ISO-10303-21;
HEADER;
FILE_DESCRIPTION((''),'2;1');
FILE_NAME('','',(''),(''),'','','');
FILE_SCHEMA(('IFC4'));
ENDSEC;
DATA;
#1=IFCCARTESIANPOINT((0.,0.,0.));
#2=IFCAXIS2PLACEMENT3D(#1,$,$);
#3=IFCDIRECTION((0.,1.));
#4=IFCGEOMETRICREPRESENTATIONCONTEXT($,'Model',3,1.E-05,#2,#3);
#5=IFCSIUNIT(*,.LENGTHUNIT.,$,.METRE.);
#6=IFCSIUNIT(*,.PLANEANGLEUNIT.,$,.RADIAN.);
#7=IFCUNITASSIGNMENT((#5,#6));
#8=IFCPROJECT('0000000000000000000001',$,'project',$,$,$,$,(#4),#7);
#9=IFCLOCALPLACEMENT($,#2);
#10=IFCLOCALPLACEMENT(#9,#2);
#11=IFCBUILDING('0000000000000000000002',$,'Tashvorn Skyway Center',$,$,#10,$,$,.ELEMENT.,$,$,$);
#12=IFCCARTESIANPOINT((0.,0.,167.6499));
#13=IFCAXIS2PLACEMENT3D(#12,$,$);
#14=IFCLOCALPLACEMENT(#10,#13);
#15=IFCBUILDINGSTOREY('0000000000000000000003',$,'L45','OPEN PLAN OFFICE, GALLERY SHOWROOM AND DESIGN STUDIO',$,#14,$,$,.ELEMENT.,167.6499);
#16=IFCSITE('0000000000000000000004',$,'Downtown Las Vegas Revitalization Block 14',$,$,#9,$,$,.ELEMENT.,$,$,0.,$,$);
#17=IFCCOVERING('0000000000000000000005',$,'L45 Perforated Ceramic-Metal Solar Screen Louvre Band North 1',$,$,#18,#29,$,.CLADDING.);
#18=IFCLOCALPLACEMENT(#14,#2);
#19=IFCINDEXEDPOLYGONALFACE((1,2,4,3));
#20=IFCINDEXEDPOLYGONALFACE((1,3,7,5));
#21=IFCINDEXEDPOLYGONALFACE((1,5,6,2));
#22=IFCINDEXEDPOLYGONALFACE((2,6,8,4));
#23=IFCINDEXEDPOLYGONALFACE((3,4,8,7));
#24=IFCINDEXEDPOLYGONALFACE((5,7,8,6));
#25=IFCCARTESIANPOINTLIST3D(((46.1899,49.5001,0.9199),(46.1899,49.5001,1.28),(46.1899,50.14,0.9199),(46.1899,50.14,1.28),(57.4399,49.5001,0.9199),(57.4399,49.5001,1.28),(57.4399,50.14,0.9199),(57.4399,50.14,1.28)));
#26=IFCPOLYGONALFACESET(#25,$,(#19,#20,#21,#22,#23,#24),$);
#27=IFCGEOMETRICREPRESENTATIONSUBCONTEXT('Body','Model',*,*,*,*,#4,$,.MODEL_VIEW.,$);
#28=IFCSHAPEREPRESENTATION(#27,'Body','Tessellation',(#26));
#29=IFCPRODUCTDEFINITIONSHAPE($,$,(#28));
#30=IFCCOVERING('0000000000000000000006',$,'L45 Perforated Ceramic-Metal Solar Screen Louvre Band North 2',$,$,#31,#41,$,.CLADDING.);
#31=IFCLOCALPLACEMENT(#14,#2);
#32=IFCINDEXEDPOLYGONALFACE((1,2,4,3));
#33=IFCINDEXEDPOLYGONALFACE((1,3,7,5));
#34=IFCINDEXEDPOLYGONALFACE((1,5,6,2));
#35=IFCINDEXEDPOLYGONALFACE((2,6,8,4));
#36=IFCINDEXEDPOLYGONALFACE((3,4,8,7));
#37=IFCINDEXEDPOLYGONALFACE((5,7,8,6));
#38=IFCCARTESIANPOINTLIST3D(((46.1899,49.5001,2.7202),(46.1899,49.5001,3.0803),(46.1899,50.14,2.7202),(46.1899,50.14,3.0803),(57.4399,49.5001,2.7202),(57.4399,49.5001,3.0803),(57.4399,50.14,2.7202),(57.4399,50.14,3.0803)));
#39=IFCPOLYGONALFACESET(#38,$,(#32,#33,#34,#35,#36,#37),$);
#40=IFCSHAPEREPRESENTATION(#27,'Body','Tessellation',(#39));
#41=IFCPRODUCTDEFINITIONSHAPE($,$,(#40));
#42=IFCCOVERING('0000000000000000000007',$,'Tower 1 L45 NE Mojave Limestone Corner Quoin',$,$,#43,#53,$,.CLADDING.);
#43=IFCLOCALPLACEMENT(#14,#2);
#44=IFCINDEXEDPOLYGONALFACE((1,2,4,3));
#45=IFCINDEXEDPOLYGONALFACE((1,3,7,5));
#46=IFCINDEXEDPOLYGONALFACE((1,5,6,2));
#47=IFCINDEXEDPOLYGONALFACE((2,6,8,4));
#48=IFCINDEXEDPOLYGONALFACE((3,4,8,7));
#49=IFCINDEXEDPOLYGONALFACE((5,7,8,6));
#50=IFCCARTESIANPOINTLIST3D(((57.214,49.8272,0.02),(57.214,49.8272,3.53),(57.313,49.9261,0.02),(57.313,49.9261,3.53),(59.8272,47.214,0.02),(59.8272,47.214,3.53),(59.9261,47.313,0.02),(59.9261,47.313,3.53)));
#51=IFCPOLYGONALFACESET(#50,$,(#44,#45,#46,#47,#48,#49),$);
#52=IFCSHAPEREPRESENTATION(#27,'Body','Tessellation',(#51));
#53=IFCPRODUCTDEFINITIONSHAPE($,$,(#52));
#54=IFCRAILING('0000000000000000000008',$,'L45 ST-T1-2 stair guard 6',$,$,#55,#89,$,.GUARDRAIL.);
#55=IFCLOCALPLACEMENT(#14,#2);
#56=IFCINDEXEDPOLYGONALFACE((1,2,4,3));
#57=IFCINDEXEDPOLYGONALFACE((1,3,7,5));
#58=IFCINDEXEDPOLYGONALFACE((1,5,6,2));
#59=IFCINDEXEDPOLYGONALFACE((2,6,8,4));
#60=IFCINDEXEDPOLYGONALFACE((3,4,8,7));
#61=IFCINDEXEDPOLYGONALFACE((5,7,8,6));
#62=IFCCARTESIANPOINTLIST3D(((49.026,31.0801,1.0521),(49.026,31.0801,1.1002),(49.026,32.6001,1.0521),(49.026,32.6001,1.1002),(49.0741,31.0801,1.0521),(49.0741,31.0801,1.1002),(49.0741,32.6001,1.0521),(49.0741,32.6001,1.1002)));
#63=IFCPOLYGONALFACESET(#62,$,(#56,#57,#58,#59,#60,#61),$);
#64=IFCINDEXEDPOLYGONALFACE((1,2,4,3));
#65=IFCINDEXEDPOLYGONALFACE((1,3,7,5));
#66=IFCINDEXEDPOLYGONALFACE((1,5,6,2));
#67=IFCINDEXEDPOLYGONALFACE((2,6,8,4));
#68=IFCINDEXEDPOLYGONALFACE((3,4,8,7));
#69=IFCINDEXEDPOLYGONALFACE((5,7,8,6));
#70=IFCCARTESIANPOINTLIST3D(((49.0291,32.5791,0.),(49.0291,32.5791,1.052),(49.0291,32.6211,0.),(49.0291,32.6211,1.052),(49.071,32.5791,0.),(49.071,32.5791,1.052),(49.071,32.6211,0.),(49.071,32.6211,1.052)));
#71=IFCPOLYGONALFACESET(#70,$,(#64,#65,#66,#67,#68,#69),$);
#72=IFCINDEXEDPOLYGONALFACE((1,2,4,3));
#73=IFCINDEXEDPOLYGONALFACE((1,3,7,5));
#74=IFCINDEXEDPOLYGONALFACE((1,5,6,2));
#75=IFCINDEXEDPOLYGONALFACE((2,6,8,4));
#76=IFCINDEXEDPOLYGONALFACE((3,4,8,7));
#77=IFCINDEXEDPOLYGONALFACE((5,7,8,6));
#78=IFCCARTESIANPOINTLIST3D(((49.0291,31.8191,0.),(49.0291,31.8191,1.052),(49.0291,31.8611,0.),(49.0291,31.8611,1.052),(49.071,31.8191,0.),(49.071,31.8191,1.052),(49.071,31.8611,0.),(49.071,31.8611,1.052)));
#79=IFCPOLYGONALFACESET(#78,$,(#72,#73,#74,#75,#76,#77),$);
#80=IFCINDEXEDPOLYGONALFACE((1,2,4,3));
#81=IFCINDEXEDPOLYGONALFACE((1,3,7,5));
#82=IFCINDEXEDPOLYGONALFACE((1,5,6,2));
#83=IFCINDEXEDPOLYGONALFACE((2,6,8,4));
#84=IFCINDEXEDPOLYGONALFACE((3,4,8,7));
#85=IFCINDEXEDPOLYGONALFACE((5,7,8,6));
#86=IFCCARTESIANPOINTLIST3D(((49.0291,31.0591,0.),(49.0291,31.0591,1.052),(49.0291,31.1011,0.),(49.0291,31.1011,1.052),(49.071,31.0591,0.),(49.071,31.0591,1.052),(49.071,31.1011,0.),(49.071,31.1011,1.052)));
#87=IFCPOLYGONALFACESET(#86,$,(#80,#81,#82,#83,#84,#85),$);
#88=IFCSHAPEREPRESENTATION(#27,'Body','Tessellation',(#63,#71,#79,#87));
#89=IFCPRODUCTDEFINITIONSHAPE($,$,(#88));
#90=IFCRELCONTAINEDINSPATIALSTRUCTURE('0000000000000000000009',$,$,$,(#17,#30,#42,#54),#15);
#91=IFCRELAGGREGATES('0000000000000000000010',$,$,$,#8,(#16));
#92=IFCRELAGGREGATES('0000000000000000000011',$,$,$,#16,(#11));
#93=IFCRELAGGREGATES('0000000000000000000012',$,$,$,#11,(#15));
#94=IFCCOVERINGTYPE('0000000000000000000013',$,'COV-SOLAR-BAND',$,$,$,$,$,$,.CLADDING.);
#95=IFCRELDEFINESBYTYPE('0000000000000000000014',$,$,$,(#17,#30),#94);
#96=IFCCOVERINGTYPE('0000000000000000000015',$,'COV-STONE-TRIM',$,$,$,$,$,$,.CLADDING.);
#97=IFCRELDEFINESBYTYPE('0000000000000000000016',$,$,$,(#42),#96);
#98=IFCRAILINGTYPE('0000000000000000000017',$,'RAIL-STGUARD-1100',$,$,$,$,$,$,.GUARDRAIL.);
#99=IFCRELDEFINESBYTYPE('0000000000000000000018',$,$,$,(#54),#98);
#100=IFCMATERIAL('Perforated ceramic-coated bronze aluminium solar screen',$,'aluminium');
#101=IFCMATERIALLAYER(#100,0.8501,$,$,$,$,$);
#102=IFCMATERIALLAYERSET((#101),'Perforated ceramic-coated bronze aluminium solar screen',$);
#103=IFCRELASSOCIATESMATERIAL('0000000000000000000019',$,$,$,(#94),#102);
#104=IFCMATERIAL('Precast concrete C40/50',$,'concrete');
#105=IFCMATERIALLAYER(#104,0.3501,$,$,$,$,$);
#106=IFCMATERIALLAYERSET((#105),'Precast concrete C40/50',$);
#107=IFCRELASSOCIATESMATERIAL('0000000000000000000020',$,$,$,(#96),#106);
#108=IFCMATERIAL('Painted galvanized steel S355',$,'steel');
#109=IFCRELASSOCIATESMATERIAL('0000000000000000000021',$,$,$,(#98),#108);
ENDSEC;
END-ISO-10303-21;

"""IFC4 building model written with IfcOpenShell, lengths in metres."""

from ifc_helpers import new_model, si_unit, direction, frame, origin, origin_2d, place, context, subcontext, project, spatial, rectangle, extrude, material, layer, layer_set, type_object, element, save


model = new_model("IFC4")

# Units and contexts
model_context = context("Model", 3, precision=1e-05, world=origin(), true_north=direction((0.0, 1.0)))
body_context = subcontext(model_context, "Body", "Model", "MODEL_VIEW")
ifc_project = project(units=[si_unit("LENGTHUNIT", "METRE"), si_unit("PLANEANGLEUNIT", "RADIAN")], contexts=[model_context])

# Site, building, storey
site_placement = place(None, origin())
site = spatial("IfcSite", under=ifc_project, at=site_placement, Name="Downtown Las Vegas Revitalization Block 14", CompositionType="ELEMENT", RefElevation=0.0)
building_placement = place(site_placement, origin())
building = spatial("IfcBuilding", under=site, at=building_placement, Name="Tashvorn Skyway Center", CompositionType="ELEMENT")
storey_placement = place(building_placement, frame((0.0, 0.0, 167.6499)))
storey = spatial("IfcBuildingStorey", under=building, at=storey_placement, Name="L45", Description="OPEN PLAN OFFICE, GALLERY SHOWROOM AND DESIGN STUDIO", CompositionType="ELEMENT", Elevation=167.6499)

# Shared definitions
ifc_material_1 = material(Name="Precast concrete C40/50", Category="concrete")

# Coverings
ifc_material_2 = material(Name="Perforated ceramic-coated bronze aluminium solar screen", Category="aluminium")
ifc_layer_1 = layer(ifc_material_2, 0.8501)
ifc_layer_set_1 = layer_set([ifc_layer_1], Name="Perforated ceramic-coated bronze aluminium solar screen")
covering_type_1 = type_object("IfcCoveringType", Name="COV-SOLAR-BAND", PredefinedType="CLADDING", material=ifc_layer_set_1)
for number, where, z_axis, x_axis, name in (
    (1, (51.8149, 49.8201, 0.9199), (0.0, 0.0, 1.0), (1.0, 0.0, 0.0), "L45 Perforated Ceramic-Metal Solar Screen Louvre Band North 1"),
    (2, (51.8149, 49.8201, 2.7202), (0.0, 0.0, 1.0), (1.0, 0.0, 0.0), "L45 Perforated Ceramic-Metal Solar Screen Louvre Band North 2"),
):
    element("IfcCovering", number, at=place(storey_placement, frame(where, z_axis=z_axis, x_axis=x_axis)), inside=storey, type_object=covering_type_1, Name=name, PredefinedType="CLADDING", context=body_context, shape_type="SweptSolid", body=[
        extrude(rectangle(XDim=11.25, YDim=0.6399, at=origin_2d()), origin(), (0.0, 0.0, 1.0), 0.3601),
    ])
ifc_layer_2 = layer(ifc_material_1, 0.3501)
ifc_layer_set_2 = layer_set([ifc_layer_2], Name="Precast concrete C40/50")
covering_type_2 = type_object("IfcCoveringType", Name="COV-STONE-TRIM", PredefinedType="CLADDING", material=ifc_layer_set_2)
covering_1_placement = place(storey_placement, frame((58.5701, 48.5701, 0.02), z_axis=(0.0, 0.0, 1.0), x_axis=(0.707107, -0.707107, 0.0)))
element("IfcCovering", 3, at=covering_1_placement, inside=storey, type_object=covering_type_2, Name="Tower 1 L45 NE Mojave Limestone Corner Quoin", PredefinedType="CLADDING", context=body_context, shape_type="SweptSolid", body=[
    extrude(rectangle(XDim=3.6956, YDim=0.1399, at=origin_2d()), origin(), (0.0, 0.0, 1.0), 3.51),
])

# Railing
ifc_material_3 = material(Name="Painted galvanized steel S355", Category="steel")
railing_type = type_object("IfcRailingType", Name="RAIL-STGUARD-1100", PredefinedType="GUARDRAIL", material=ifc_material_3)
railing_placement = place(storey_placement, frame((49.05, 32.6001, 0.0)))
element("IfcRailing", 4, at=railing_placement, inside=storey, type_object=railing_type, Name="L45 ST-T1-2 stair guard 6", PredefinedType="GUARDRAIL", context=body_context, shape_type="SweptSolid", body=[
    extrude(rectangle(XDim=0.0481, YDim=0.0481, at=origin_2d()), frame((0.0, 0.0, 1.0762), z_axis=(0.0, -1.0, 0.0), x_axis=(1.0, 0.0, 0.0)), (0.0, 0.0, 1.0), 1.52),
    extrude(rectangle(XDim=0.042, YDim=0.042, at=origin_2d()), origin(), (0.0, 0.0, 1.0), 1.052),
    extrude(rectangle(XDim=0.042, YDim=0.042, at=origin_2d()), frame((0.0, -0.76, 0.0)), (0.0, 0.0, 1.0), 1.052),
    extrude(rectangle(XDim=0.042, YDim=0.042, at=origin_2d()), frame((0.0, -1.52, 0.0)), (0.0, 0.0, 1.0), 1.052),
])

save(model, "model.ifc")
